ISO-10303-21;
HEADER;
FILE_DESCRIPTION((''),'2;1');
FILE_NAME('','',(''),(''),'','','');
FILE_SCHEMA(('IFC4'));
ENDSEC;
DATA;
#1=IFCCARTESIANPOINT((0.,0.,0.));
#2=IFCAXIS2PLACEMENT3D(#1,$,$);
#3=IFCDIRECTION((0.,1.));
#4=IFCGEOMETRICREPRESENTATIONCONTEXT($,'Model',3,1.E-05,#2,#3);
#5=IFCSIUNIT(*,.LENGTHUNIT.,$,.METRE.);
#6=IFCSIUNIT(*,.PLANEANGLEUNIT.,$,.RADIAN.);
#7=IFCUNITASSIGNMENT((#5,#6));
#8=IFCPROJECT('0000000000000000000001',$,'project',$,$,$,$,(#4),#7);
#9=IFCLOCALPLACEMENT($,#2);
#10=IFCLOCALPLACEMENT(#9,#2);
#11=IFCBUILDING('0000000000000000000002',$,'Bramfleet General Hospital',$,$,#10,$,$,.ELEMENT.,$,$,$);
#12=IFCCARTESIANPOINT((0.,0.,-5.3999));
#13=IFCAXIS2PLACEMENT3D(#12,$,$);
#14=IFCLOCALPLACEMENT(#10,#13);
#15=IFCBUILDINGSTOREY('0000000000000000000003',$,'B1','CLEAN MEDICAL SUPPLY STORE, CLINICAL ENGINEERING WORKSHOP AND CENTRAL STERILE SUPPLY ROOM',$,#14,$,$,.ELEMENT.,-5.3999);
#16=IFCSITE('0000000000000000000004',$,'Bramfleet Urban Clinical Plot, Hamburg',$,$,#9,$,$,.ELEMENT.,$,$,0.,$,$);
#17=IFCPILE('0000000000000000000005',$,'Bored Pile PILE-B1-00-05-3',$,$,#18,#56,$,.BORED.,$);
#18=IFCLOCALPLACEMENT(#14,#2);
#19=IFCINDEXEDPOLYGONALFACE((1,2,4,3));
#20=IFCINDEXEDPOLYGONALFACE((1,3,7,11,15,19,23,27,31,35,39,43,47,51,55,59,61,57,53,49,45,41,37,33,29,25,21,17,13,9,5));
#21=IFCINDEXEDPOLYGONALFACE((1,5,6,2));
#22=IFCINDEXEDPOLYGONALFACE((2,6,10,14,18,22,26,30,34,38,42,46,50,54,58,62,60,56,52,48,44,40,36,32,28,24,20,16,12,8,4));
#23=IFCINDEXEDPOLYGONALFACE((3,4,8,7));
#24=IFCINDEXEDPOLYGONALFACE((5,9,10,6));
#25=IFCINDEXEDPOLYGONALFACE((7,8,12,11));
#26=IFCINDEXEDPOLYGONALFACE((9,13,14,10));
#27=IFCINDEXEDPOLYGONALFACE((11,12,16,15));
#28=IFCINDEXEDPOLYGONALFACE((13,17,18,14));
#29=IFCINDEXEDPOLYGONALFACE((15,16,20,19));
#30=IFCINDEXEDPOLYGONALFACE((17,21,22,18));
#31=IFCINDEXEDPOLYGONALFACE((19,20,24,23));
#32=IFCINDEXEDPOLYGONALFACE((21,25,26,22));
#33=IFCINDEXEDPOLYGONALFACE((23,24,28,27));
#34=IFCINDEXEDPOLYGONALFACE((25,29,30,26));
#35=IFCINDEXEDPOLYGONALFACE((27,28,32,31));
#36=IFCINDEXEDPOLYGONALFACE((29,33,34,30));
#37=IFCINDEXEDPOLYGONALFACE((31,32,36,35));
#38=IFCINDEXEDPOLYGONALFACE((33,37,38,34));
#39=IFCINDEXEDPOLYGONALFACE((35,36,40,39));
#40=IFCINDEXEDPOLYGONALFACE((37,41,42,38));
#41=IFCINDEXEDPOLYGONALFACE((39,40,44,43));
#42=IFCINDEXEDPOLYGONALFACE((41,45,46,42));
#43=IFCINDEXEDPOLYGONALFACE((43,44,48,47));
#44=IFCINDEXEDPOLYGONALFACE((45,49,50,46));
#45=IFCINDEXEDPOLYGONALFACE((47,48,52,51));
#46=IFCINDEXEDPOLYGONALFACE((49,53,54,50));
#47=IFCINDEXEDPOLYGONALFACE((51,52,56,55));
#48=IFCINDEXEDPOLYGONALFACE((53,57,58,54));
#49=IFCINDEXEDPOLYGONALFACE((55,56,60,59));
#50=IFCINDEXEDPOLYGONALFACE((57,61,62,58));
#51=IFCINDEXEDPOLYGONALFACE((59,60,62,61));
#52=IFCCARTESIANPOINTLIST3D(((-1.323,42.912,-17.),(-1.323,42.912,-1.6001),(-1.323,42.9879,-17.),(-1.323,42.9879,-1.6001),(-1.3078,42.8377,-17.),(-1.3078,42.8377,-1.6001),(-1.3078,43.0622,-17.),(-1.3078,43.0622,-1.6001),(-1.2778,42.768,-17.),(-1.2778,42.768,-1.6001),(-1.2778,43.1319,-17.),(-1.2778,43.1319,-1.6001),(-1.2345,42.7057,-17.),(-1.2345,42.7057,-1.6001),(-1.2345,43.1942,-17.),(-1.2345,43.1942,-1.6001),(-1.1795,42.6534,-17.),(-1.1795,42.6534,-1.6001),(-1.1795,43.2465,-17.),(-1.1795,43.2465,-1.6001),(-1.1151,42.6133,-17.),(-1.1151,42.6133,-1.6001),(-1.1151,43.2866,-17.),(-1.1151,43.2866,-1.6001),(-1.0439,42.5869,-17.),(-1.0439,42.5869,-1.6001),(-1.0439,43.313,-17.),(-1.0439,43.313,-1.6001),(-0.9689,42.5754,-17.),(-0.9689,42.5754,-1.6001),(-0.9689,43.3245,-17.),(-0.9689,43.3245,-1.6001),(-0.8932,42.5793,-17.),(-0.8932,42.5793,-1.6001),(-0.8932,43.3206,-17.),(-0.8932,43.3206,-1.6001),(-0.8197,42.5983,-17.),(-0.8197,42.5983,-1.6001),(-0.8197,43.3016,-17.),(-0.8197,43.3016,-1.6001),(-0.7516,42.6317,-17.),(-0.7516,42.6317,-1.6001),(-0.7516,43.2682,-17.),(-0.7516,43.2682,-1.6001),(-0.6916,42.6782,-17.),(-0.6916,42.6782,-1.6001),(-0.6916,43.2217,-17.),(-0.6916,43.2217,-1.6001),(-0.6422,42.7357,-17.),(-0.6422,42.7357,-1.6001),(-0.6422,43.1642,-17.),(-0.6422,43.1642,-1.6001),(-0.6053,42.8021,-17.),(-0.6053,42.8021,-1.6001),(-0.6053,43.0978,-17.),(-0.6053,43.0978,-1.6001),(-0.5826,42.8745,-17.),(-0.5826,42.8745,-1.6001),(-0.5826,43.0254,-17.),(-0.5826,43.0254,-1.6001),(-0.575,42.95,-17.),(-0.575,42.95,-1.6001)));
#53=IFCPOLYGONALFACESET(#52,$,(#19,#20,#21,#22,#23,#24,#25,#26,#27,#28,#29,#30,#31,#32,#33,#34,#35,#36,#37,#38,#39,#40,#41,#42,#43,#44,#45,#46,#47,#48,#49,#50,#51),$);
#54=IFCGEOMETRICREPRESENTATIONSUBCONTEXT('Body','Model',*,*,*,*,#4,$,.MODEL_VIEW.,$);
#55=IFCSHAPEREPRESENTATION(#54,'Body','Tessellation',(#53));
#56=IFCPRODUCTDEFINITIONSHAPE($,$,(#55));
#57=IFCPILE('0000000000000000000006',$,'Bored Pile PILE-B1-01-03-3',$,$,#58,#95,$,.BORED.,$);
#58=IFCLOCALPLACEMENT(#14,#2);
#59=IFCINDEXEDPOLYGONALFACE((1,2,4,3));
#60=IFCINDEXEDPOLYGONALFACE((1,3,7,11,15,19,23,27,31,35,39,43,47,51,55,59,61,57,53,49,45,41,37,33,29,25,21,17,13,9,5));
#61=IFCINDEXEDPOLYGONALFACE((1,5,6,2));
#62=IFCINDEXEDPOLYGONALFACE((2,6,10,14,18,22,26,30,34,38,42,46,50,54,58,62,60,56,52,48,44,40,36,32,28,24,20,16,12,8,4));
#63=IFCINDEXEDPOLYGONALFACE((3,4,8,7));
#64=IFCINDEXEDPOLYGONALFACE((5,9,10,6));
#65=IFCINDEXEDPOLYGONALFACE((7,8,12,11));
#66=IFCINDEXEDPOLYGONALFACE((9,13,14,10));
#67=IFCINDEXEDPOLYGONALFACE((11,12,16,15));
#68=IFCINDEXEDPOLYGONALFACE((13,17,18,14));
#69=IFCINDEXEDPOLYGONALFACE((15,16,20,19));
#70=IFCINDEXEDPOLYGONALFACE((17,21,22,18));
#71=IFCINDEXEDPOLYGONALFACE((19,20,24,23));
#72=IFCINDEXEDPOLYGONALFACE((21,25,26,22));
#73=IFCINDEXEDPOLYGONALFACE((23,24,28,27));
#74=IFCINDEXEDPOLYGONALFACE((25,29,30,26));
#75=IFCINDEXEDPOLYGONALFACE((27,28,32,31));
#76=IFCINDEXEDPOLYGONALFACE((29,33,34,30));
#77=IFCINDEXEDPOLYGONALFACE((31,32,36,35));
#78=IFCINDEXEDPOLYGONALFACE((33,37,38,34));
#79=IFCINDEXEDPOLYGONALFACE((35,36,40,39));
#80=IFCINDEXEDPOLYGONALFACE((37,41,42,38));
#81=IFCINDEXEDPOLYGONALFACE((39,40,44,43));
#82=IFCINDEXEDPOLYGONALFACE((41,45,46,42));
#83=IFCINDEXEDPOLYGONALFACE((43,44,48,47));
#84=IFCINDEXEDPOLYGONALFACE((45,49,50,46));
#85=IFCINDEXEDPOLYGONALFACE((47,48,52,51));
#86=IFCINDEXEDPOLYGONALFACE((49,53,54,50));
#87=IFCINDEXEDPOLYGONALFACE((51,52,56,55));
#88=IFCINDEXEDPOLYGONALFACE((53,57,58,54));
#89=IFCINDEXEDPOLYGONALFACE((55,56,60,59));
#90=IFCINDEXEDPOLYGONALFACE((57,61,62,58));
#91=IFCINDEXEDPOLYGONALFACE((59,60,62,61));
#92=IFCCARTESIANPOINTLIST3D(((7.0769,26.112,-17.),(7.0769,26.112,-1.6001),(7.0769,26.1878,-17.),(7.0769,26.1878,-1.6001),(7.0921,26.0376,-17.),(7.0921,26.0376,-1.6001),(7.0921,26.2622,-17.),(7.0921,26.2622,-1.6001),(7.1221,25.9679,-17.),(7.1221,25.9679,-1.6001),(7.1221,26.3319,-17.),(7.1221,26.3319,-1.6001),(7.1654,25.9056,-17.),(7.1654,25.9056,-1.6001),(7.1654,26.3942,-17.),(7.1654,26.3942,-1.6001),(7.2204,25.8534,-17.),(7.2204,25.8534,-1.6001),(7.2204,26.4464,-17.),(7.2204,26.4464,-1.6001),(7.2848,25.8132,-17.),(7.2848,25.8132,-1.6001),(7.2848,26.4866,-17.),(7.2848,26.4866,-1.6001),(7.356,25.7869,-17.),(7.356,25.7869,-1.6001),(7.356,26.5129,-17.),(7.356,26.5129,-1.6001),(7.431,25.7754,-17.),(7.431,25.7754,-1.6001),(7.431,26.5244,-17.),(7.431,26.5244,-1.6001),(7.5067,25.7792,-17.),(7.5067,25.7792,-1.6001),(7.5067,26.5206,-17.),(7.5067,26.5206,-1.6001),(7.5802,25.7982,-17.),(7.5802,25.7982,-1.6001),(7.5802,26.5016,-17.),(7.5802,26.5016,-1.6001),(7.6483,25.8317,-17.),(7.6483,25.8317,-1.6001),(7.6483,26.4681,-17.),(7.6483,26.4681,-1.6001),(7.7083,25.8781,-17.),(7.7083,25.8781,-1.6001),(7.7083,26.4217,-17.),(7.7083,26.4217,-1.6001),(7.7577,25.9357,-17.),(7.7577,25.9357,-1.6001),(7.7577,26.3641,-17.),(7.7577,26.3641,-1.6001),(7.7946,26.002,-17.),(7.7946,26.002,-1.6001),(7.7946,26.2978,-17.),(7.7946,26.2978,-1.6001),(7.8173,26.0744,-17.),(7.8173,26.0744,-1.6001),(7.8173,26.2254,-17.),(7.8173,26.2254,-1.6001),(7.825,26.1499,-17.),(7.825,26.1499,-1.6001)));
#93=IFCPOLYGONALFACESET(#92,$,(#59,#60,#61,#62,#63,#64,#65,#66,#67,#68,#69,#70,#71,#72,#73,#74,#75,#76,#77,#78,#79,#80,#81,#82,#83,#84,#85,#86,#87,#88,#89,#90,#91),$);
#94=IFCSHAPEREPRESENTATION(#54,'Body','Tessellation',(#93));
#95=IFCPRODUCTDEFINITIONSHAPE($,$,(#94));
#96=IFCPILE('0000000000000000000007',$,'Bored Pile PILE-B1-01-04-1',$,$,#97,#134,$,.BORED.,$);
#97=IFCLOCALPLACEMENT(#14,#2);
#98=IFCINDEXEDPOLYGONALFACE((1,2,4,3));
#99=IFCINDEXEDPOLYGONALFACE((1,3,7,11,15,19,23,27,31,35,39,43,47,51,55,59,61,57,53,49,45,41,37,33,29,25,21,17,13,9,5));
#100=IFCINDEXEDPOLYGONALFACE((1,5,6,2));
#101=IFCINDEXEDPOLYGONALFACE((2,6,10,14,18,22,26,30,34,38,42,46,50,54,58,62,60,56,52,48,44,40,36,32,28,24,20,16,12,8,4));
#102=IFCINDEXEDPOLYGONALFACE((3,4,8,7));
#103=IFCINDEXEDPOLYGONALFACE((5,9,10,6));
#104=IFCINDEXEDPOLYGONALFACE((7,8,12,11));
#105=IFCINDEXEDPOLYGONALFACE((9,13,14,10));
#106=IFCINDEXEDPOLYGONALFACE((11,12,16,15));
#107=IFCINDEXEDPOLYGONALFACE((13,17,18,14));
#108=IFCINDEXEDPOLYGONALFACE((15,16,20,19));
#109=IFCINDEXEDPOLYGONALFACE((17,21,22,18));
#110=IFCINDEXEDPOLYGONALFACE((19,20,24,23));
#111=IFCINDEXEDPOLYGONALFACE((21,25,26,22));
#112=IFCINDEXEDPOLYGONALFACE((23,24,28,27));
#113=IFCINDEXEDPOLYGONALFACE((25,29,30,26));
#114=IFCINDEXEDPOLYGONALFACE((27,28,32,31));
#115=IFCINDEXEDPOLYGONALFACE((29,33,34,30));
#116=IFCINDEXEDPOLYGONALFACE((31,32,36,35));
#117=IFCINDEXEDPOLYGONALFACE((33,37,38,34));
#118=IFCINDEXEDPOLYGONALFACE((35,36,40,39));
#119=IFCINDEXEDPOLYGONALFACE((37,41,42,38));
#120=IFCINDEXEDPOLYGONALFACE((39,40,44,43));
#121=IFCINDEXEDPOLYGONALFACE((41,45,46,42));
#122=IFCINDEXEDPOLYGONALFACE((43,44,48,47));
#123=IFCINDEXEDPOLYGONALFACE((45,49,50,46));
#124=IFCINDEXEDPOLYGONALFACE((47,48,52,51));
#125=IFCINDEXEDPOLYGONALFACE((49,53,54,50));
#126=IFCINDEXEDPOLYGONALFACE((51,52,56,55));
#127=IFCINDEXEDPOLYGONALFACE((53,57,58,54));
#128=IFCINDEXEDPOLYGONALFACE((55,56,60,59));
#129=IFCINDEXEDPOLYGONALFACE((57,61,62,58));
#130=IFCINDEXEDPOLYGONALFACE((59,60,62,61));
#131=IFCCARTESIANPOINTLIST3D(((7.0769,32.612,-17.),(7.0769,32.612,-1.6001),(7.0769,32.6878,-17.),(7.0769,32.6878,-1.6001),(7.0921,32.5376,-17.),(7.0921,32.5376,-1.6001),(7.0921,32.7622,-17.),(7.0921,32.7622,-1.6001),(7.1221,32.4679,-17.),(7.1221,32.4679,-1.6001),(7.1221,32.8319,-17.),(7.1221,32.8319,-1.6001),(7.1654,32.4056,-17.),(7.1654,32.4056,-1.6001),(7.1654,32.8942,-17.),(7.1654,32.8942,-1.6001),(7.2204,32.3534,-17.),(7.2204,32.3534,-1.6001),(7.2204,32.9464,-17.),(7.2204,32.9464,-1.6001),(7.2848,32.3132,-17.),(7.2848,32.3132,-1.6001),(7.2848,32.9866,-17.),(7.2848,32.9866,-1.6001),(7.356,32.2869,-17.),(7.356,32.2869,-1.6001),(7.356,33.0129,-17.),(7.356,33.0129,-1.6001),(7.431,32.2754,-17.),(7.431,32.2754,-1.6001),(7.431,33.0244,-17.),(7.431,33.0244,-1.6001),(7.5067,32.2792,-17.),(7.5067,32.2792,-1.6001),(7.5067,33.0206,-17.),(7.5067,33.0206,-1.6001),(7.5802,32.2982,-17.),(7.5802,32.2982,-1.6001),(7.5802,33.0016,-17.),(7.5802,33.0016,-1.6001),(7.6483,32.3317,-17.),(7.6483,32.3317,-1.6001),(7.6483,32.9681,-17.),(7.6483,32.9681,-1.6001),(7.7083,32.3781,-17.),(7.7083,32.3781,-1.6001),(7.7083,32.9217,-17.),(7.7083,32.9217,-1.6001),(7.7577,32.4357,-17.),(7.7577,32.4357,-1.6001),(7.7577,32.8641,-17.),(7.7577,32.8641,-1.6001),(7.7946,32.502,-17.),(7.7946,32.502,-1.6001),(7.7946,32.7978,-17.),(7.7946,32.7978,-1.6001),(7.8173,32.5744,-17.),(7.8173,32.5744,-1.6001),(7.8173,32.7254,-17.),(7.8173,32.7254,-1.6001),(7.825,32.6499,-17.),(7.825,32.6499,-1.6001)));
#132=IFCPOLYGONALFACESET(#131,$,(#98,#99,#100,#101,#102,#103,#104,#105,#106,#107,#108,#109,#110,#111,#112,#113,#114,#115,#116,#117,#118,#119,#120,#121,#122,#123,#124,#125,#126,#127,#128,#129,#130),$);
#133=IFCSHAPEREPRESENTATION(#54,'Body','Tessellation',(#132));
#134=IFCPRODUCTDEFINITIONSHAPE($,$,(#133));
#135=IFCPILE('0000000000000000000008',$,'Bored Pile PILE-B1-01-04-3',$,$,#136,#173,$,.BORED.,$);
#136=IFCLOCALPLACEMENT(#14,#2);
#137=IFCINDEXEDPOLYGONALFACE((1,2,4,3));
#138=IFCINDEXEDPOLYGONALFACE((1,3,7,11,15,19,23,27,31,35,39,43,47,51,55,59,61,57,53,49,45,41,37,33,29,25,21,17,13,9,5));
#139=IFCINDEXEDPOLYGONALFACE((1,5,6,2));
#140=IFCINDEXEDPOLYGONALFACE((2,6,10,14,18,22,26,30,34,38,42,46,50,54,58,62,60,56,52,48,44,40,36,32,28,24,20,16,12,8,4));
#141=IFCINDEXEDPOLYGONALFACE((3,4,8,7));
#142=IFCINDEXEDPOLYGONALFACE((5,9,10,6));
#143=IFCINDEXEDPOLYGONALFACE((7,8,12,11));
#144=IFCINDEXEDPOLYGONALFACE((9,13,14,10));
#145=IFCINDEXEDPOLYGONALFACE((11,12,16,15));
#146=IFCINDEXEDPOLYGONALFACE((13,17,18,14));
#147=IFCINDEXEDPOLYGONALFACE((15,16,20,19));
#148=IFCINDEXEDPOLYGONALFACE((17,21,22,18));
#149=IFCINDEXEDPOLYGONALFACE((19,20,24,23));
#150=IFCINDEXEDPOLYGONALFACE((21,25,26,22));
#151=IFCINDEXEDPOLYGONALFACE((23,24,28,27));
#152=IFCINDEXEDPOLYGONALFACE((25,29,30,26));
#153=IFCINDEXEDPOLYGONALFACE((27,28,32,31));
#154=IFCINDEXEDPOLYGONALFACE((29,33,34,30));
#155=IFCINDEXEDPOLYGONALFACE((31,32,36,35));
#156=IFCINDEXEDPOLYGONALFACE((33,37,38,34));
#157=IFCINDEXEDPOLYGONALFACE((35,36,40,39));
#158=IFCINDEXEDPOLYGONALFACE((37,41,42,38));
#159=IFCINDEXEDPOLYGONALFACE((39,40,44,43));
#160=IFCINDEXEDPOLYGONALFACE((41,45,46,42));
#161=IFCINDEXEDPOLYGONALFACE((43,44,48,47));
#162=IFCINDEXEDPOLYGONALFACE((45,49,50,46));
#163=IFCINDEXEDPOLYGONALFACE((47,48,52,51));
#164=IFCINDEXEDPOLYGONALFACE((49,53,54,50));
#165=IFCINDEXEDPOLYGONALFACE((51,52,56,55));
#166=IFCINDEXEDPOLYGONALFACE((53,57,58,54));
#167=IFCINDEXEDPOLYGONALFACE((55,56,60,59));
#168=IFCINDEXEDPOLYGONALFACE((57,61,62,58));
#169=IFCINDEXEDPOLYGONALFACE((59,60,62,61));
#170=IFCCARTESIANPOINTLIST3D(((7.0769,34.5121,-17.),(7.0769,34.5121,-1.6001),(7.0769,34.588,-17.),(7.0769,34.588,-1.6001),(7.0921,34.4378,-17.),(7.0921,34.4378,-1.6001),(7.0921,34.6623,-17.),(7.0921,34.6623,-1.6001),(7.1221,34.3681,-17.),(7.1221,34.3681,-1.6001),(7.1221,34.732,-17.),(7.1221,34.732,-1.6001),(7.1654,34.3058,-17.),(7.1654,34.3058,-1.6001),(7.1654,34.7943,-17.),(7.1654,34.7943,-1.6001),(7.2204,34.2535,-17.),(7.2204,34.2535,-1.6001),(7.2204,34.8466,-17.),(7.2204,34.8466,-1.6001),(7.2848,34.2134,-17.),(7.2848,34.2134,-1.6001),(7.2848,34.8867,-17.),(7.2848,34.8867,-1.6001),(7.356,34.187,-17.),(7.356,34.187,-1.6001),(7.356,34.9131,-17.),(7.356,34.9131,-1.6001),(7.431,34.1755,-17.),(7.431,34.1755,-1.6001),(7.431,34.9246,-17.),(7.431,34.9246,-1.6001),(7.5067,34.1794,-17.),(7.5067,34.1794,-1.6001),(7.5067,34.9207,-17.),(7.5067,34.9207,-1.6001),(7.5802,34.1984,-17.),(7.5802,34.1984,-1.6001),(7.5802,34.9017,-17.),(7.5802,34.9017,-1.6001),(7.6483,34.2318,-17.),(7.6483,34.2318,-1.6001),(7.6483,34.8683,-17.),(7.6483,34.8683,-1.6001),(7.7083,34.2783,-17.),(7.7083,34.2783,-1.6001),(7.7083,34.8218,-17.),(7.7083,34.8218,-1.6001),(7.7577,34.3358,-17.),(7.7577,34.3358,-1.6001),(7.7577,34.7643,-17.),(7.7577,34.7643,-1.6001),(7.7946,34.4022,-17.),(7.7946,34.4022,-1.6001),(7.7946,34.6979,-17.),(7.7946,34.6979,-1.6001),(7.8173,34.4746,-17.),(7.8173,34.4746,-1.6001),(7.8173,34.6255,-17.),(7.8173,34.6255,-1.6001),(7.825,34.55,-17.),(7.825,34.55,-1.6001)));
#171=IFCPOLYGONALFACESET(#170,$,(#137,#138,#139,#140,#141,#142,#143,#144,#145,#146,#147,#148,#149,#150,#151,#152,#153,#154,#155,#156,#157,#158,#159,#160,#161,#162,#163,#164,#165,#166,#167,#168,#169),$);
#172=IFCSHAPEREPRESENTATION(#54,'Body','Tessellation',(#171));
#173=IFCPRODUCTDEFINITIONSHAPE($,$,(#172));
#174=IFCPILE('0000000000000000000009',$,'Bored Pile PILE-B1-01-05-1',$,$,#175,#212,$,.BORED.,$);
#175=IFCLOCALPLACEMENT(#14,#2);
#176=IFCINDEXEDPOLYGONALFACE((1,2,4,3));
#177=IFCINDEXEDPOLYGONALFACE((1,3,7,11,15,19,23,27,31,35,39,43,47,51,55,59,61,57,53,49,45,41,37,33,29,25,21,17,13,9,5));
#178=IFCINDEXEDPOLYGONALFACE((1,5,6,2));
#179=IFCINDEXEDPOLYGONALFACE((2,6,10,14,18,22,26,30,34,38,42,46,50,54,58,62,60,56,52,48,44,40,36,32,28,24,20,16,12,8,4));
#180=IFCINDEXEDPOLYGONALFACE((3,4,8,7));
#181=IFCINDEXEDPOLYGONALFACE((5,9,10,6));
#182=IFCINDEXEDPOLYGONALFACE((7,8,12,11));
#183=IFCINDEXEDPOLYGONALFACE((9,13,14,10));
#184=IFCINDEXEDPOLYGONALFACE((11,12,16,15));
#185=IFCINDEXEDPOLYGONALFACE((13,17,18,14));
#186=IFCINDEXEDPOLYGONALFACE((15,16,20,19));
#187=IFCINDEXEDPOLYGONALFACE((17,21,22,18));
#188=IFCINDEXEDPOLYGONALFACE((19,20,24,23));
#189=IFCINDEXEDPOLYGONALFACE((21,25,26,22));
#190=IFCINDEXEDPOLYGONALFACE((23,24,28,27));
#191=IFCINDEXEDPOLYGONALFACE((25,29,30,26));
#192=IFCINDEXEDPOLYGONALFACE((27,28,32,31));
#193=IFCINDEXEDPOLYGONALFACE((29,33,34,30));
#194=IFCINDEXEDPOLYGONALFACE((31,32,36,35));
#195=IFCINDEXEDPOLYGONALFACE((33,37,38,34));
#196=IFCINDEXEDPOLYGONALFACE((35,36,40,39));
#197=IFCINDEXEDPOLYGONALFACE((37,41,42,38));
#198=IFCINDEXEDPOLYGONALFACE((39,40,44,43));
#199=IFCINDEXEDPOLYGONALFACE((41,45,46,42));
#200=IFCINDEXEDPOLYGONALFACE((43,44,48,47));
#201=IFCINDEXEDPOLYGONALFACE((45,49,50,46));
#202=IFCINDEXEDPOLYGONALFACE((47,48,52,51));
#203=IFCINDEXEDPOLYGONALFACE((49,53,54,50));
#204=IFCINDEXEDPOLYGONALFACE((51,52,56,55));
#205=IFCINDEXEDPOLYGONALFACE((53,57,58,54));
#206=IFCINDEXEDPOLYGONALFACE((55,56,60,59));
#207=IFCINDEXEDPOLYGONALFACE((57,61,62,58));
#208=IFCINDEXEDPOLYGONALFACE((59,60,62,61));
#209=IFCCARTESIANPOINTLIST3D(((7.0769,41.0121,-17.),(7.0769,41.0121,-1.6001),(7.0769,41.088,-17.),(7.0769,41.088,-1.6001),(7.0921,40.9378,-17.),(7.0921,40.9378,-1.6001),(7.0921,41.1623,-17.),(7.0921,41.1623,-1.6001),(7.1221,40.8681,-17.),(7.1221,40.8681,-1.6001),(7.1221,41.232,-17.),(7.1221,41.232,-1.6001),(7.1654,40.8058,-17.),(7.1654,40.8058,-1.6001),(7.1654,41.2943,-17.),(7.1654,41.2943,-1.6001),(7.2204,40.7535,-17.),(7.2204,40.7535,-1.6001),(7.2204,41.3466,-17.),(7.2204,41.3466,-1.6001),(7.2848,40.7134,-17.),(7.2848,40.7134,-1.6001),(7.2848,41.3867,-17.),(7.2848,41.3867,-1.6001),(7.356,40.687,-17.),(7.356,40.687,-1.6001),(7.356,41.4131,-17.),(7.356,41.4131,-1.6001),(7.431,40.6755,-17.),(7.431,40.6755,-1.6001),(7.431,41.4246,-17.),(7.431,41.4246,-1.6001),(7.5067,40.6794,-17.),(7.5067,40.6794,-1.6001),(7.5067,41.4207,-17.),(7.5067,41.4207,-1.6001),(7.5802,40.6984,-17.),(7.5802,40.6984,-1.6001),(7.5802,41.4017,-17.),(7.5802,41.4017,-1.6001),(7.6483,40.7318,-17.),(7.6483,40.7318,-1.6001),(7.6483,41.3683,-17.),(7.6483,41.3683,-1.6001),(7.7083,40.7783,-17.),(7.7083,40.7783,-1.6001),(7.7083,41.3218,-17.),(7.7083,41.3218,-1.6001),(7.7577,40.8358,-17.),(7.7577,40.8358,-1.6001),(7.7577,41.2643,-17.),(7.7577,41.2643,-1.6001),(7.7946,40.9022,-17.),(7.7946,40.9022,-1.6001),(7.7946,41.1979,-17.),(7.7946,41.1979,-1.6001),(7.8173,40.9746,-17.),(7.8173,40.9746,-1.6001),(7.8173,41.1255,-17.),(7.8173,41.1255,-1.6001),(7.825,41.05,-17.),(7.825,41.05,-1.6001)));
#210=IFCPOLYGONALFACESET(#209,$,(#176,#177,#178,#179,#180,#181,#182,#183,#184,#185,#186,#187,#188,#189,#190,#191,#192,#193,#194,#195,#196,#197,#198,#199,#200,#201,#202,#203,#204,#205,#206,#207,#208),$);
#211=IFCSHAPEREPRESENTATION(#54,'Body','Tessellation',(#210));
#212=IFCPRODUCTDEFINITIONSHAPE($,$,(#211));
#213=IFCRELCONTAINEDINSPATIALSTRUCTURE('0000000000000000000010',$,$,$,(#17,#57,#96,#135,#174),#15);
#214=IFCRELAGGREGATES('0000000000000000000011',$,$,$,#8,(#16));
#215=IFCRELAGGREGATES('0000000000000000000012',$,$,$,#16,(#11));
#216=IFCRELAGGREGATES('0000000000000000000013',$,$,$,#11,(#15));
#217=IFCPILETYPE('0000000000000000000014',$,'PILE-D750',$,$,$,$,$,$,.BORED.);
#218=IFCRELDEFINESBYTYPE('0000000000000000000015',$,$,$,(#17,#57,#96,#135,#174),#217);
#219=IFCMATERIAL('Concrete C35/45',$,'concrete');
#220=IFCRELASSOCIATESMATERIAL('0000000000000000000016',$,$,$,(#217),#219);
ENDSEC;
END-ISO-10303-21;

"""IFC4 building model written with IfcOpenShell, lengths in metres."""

from ifc_helpers import new_model, si_unit, direction, frame, origin, origin_2d, place, context, subcontext, project, spatial, circle, extrude, material, material_profile, profile_set, type_object, element, save


model = new_model("IFC4")

# Units and contexts
model_context = context("Model", 3, precision=1e-05, world=origin(), true_north=direction((0.0, 1.0)))
body_context = subcontext(model_context, "Body", "Model", "MODEL_VIEW")
ifc_project = project(units=[si_unit("LENGTHUNIT", "METRE"), si_unit("PLANEANGLEUNIT", "RADIAN")], contexts=[model_context])

# Site, building, storey
site_placement = place(None, origin())
site = spatial("IfcSite", under=ifc_project, at=site_placement, Name="Bramfleet Urban Clinical Plot, Hamburg", CompositionType="ELEMENT", RefElevation=0.0)
building_placement = place(site_placement, origin())
building = spatial("IfcBuilding", under=site, at=building_placement, Name="Bramfleet General Hospital", CompositionType="ELEMENT")
storey_placement = place(building_placement, frame((0.0, 0.0, -5.3999)))
storey = spatial("IfcBuildingStorey", under=building, at=storey_placement, Name="B1", Description="CLEAN MEDICAL SUPPLY STORE, CLINICAL ENGINEERING WORKSHOP AND CENTRAL STERILE SUPPLY ROOM", CompositionType="ELEMENT", Elevation=-5.3999)

# Shared definitions
ifc_material_1 = material(Name="Concrete C35/45", Category="concrete")

# Piles
ifc_material_profile_1 = material_profile(ifc_material_1, circle(Radius=0.375, at=origin_2d()), Name="PILE BORED D750")
ifc_profile_set_1 = profile_set([ifc_material_profile_1], Name="Concrete C35/45")
pile_type = type_object("IfcPileType", Name="PILE-D750", PredefinedType="BORED", material=ifc_profile_set_1)
for number, where, z_axis, x_axis, name in (
    (1, (-0.95, 42.95, -1.6001), (0.0, 0.0, -1.0), (1.0, 0.0, 0.0), "Bored Pile PILE-B1-00-05-3"),
    (2, (7.45, 26.1499, -1.6001), (0.0, 0.0, -1.0), (1.0, 0.0, 0.0), "Bored Pile PILE-B1-01-03-3"),
    (3, (7.45, 32.6499, -1.6001), (0.0, 0.0, -1.0), (1.0, 0.0, 0.0), "Bored Pile PILE-B1-01-04-1"),
    (4, (7.45, 34.55, -1.6001), (0.0, 0.0, -1.0), (1.0, 0.0, 0.0), "Bored Pile PILE-B1-01-04-3"),
    (5, (7.45, 41.05, -1.6001), (0.0, 0.0, -1.0), (1.0, 0.0, 0.0), "Bored Pile PILE-B1-01-05-1"),
):
    element("IfcPile", number, at=place(storey_placement, frame(where, z_axis=z_axis, x_axis=x_axis)), inside=storey, type_object=pile_type, Name=name, PredefinedType="BORED", context=body_context, shape_type="SweptSolid", body=[
        extrude(circle(Radius=0.375, at=origin_2d()), origin(), (0.0, 0.0, 1.0), 15.3999),
    ])

save(model, "model.ifc")
